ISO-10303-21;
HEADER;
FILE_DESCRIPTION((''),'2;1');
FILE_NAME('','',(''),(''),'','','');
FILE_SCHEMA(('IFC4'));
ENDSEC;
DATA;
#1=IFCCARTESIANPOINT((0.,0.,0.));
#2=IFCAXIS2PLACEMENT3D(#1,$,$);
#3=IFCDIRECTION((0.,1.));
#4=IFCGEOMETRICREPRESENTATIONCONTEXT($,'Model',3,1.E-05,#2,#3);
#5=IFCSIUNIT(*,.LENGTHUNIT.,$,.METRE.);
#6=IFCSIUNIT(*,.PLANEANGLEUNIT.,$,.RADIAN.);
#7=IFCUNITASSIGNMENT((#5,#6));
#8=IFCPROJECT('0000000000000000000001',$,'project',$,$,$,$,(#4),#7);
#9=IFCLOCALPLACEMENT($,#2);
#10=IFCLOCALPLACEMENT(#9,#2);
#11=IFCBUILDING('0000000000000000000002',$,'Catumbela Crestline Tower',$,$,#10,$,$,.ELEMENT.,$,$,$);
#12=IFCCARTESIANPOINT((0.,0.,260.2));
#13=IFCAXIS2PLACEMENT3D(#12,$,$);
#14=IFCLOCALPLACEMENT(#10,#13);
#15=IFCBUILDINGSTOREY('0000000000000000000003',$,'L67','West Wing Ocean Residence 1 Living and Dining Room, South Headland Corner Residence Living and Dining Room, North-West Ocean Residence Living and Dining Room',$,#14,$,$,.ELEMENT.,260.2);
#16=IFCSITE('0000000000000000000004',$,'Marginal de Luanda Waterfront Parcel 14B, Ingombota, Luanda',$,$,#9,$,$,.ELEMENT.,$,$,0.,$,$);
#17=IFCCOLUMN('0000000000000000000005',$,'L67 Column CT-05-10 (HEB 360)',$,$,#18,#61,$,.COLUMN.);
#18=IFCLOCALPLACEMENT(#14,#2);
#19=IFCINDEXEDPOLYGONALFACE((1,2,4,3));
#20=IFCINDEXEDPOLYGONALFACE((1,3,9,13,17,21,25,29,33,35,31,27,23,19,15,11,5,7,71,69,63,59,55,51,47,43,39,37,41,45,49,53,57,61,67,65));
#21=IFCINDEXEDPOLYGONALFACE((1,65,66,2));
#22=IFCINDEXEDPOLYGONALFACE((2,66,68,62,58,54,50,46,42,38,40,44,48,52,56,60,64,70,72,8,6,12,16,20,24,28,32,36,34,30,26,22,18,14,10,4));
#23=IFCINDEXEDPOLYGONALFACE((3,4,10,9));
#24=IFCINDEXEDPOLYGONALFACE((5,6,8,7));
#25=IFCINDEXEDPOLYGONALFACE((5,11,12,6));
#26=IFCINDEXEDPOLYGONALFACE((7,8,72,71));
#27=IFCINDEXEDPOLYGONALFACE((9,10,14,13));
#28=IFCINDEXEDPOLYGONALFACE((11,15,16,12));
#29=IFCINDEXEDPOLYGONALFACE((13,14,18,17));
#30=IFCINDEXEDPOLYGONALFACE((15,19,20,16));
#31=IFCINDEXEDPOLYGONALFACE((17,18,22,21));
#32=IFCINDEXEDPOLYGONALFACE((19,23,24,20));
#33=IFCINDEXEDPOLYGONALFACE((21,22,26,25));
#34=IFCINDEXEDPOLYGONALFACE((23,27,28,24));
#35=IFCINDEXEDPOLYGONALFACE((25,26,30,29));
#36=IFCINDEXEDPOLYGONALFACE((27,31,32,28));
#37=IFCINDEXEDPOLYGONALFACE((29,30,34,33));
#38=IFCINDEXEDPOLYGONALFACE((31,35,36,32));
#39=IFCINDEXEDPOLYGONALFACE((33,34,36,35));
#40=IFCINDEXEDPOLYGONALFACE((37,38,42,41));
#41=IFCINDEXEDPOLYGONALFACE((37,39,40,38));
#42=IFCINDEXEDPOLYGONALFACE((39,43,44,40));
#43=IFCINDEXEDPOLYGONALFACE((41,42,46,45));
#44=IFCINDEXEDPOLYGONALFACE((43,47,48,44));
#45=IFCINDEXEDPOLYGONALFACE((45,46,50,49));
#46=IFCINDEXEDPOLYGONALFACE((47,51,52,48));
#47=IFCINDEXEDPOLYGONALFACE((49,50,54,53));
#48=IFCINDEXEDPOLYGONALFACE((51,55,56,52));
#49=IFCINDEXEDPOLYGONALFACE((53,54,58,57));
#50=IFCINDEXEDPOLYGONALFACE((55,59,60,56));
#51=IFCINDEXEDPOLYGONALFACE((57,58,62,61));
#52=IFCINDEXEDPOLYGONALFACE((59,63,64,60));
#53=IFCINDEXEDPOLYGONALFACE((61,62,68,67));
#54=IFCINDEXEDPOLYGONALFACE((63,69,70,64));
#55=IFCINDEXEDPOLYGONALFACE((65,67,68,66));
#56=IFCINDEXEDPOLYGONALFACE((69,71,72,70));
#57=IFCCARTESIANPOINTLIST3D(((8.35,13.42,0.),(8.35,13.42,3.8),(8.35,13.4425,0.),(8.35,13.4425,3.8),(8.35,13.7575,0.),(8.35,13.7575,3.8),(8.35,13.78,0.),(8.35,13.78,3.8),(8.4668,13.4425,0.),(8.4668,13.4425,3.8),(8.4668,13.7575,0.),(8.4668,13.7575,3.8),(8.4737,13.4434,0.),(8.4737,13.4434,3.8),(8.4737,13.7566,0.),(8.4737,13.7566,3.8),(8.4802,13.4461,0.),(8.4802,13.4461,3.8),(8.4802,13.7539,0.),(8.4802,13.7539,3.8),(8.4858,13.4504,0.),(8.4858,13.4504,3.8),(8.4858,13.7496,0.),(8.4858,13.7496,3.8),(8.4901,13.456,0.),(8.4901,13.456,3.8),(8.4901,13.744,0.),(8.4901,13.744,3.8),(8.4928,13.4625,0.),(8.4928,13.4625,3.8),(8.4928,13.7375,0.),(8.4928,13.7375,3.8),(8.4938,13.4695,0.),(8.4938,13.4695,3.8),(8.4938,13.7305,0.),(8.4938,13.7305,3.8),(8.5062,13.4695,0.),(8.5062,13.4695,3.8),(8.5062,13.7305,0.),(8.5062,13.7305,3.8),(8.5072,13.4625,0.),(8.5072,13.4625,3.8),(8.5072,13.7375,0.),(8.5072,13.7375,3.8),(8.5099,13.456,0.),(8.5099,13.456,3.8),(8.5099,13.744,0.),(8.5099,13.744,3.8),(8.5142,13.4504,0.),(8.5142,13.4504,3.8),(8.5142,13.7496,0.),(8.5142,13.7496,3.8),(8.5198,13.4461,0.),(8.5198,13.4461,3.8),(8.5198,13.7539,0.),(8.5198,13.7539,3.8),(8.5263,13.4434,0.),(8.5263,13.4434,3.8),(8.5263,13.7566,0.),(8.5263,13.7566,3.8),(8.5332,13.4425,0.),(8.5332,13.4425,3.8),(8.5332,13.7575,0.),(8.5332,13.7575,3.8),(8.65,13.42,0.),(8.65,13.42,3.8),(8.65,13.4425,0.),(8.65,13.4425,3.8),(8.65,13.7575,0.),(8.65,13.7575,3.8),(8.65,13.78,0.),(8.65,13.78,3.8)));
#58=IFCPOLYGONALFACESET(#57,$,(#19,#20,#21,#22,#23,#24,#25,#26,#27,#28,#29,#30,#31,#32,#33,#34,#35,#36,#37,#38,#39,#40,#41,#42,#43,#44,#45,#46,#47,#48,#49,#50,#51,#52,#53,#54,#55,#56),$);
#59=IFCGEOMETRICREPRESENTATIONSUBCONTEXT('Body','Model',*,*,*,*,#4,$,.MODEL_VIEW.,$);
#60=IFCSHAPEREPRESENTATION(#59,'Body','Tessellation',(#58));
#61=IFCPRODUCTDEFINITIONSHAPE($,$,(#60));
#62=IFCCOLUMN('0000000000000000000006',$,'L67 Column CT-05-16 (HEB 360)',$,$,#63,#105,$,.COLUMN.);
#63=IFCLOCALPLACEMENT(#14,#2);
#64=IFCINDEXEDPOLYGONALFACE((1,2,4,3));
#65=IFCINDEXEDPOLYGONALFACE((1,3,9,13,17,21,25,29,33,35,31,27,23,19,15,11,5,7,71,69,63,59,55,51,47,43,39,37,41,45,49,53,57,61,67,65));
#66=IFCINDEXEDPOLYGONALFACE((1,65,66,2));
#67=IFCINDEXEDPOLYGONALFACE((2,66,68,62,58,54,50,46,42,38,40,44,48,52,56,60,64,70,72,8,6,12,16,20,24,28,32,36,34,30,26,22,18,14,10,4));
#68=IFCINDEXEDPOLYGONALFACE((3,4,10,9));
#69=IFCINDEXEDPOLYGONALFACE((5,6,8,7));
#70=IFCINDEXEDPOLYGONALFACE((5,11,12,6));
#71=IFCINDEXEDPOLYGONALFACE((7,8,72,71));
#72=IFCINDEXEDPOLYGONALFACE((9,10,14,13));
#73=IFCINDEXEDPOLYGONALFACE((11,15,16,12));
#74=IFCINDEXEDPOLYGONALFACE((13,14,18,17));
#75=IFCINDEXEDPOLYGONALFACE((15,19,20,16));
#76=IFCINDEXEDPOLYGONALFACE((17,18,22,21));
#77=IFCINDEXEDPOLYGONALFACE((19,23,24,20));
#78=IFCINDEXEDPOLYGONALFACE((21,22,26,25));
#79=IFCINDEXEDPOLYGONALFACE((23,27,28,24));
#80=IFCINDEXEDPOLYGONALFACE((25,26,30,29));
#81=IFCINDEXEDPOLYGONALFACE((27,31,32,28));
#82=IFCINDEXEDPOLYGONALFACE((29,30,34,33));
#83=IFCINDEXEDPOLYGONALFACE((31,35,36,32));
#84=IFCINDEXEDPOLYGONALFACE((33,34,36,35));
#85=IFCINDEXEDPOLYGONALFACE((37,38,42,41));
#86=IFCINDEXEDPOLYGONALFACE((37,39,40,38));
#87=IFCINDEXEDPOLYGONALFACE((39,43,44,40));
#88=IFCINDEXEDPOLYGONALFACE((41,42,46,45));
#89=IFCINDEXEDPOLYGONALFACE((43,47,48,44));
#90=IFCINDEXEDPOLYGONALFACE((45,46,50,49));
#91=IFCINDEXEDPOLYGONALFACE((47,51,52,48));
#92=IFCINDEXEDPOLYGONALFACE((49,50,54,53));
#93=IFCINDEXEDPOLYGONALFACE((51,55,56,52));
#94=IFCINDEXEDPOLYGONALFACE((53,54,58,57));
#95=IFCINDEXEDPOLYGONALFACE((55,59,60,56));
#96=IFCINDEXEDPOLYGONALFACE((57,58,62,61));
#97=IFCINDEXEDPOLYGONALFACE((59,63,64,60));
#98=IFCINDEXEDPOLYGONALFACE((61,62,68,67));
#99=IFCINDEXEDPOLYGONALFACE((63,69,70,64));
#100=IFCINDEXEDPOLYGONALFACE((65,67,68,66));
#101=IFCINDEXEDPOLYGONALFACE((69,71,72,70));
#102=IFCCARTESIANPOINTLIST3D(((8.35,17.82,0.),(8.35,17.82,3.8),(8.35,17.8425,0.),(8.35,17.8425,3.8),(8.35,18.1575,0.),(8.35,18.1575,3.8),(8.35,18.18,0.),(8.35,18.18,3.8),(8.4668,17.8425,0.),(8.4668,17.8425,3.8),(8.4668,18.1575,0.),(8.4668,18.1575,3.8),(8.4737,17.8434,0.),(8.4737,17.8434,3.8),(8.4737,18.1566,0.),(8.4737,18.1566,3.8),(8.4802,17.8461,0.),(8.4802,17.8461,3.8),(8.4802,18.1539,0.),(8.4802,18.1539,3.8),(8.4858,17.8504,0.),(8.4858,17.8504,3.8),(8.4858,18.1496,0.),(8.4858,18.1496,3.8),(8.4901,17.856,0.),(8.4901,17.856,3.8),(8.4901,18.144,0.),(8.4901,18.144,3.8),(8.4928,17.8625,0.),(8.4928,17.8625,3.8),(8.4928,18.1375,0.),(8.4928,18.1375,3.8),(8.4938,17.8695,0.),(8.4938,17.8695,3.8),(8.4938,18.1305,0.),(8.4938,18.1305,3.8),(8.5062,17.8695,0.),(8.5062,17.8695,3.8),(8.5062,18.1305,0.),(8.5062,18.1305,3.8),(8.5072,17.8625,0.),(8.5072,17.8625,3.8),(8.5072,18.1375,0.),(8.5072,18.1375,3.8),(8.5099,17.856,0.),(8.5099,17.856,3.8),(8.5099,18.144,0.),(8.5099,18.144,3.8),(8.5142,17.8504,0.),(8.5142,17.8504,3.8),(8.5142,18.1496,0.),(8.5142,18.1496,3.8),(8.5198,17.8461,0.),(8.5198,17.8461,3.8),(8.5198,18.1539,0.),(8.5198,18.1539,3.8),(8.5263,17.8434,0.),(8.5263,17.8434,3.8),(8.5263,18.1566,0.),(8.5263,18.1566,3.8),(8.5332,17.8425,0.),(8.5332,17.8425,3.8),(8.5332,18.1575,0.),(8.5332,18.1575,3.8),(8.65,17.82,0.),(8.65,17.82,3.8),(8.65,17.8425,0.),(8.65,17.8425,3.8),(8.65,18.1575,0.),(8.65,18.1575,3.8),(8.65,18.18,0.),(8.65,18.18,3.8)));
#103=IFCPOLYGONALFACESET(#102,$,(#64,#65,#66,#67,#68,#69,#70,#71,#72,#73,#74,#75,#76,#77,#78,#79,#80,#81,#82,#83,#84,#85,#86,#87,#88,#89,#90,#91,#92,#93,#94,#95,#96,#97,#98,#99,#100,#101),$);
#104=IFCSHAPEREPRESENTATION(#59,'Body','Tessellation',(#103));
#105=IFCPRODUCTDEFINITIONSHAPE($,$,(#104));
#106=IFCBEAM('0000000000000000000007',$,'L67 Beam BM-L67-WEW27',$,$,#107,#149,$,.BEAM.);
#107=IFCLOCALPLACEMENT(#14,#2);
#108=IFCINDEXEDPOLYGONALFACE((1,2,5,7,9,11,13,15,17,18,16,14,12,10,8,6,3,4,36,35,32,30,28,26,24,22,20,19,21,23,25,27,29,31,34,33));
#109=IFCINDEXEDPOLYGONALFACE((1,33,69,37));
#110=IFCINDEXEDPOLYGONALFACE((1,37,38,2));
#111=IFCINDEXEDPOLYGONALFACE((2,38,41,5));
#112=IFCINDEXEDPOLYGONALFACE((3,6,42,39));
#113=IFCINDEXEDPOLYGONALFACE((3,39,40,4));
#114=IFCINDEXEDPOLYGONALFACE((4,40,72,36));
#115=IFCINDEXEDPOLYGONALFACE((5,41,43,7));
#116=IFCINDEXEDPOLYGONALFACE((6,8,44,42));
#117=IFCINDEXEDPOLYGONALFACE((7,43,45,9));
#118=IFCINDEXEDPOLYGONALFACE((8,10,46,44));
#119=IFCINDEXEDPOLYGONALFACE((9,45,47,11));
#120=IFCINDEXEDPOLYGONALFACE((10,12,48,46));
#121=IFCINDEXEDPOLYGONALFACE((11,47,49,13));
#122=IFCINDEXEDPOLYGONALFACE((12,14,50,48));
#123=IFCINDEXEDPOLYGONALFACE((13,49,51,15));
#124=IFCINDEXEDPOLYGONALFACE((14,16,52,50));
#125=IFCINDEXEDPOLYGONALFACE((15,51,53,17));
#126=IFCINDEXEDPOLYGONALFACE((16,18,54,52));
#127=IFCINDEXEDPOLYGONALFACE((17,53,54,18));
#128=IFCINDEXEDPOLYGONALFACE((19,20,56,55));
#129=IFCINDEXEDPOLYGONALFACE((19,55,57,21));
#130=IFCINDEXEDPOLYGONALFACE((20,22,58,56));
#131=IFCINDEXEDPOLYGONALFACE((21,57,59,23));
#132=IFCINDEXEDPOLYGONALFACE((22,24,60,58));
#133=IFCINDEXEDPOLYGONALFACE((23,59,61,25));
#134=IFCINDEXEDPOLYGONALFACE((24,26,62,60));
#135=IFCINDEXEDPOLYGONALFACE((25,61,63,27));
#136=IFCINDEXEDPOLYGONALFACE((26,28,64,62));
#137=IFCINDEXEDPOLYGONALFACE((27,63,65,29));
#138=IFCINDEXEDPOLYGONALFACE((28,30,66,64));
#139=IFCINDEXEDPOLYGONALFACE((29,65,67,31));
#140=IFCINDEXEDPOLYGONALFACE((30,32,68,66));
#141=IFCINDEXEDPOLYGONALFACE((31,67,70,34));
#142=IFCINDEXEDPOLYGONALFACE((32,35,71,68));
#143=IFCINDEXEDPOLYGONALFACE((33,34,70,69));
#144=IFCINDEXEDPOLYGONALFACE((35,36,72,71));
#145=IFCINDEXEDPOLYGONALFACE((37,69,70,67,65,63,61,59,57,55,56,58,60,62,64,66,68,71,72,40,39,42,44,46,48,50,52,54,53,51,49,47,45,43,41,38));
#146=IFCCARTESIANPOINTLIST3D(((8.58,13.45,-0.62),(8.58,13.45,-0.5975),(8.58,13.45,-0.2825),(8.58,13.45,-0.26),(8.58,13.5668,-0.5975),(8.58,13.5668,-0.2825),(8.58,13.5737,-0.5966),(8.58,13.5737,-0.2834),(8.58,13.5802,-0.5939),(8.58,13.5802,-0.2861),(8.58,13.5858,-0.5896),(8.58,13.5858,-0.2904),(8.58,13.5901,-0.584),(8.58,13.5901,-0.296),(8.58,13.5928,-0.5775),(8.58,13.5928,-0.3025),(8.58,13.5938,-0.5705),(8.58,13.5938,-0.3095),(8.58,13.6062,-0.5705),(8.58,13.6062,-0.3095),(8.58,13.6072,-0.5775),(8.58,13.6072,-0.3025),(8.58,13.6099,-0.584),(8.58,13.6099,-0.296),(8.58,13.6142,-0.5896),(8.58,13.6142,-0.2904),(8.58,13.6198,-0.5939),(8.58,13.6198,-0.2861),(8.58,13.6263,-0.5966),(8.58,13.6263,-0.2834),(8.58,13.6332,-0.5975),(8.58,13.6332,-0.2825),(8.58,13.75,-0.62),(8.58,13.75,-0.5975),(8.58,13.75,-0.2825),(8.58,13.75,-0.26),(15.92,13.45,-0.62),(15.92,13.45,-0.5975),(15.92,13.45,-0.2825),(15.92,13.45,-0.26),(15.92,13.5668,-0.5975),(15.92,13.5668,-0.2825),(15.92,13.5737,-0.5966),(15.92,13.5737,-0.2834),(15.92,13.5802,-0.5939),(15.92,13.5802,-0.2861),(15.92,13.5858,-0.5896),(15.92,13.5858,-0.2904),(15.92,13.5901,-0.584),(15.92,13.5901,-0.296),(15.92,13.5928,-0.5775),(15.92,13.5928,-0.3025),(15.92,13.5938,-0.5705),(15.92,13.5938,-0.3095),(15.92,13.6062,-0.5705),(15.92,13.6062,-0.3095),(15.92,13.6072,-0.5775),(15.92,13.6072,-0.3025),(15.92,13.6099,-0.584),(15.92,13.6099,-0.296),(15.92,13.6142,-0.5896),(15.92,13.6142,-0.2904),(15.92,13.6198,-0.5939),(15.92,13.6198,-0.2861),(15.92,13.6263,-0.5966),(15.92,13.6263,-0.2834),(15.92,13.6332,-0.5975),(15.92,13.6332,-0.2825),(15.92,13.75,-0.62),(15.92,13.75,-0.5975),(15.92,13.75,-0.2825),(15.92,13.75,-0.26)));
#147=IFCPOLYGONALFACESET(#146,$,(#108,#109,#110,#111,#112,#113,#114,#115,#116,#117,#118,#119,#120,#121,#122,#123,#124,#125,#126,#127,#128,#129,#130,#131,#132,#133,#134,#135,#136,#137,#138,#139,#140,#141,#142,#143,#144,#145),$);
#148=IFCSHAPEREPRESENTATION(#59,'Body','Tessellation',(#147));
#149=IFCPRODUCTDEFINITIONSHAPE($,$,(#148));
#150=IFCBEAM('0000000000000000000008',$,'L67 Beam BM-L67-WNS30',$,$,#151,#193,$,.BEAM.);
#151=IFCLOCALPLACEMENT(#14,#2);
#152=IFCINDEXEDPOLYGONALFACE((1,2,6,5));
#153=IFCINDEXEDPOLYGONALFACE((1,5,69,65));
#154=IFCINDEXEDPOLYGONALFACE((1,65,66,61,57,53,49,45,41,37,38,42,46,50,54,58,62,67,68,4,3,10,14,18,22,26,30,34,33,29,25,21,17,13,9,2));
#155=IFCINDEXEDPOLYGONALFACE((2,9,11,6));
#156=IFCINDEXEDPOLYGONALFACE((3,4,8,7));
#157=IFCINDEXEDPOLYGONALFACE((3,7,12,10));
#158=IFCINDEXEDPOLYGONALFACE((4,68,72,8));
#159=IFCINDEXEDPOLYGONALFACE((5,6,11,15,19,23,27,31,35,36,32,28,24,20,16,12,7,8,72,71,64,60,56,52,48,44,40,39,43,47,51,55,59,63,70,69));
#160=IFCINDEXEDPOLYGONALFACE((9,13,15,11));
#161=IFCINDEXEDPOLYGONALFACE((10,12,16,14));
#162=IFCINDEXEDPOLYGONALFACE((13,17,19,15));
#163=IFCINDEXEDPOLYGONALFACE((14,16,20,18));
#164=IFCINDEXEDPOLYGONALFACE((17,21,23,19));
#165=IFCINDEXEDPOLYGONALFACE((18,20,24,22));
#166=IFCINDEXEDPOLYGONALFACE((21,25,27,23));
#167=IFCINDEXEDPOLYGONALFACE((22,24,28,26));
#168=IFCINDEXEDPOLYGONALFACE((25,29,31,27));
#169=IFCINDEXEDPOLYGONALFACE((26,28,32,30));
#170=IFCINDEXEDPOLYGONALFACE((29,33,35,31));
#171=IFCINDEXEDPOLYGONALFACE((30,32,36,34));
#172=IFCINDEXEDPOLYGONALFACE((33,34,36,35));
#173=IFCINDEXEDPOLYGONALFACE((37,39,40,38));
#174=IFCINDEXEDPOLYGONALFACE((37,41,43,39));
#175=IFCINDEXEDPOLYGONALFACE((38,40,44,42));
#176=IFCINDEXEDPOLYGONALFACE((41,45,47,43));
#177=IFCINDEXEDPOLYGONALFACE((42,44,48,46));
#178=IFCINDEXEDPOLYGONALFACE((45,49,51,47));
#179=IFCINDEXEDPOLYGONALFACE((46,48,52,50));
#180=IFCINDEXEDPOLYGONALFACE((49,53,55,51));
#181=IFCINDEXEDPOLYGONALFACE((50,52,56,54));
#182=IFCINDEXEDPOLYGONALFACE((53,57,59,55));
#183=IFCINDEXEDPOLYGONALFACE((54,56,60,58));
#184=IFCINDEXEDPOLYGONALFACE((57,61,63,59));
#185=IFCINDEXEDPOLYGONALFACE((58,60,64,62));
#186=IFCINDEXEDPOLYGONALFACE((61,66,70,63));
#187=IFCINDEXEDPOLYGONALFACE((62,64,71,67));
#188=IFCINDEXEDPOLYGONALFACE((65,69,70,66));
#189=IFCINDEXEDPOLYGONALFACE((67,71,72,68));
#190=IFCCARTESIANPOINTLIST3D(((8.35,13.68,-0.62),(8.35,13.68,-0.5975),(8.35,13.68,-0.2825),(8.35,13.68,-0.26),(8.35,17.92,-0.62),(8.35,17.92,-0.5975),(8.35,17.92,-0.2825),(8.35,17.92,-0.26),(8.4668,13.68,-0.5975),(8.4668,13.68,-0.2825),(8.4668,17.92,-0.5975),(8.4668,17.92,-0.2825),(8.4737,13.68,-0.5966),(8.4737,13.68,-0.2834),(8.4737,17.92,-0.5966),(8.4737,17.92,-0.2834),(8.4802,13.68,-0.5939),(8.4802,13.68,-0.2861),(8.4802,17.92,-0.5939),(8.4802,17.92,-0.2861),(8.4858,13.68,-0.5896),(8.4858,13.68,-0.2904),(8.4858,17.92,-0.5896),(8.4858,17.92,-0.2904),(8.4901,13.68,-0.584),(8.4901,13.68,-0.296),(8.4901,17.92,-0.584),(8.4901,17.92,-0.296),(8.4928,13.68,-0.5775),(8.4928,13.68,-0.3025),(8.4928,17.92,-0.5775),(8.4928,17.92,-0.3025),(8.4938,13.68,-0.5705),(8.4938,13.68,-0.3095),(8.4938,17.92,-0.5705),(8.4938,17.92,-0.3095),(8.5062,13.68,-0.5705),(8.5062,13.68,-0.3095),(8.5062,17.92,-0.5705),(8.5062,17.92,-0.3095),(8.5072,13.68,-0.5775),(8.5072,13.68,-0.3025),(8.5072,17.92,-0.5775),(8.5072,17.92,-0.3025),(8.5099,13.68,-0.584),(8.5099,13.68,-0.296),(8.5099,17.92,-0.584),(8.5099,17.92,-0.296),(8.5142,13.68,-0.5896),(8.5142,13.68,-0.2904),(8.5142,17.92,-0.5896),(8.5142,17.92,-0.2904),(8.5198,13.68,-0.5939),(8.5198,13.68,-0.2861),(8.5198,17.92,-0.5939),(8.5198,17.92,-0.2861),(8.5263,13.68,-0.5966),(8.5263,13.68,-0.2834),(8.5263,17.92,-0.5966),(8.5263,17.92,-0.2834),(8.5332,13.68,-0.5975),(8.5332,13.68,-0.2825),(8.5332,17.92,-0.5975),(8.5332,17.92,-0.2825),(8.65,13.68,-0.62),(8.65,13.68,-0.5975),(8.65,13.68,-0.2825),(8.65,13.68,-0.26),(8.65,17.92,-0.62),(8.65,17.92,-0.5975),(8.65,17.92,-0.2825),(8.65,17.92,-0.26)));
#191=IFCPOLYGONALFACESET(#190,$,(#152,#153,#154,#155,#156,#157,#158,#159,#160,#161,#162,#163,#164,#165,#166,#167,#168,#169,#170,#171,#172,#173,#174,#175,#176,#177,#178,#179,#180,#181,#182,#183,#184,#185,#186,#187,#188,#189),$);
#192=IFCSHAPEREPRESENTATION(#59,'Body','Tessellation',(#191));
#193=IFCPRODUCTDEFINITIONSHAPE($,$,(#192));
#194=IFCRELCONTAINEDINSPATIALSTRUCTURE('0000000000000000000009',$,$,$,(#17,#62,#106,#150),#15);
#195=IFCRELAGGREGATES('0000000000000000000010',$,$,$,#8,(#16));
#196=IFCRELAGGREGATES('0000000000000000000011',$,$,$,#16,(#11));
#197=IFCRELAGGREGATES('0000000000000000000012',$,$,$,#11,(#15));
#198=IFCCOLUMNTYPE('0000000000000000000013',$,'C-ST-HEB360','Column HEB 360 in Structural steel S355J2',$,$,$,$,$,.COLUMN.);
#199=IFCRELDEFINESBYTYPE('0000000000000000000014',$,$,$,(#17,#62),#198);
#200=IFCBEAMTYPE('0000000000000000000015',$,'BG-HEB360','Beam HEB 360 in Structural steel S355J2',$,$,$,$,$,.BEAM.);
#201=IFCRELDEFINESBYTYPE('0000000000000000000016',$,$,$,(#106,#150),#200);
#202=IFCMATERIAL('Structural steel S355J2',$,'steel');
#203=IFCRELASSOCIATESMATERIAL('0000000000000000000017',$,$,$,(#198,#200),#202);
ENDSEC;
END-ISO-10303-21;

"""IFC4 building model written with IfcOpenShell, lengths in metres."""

from ifc_helpers import new_model, si_unit, direction, frame, origin, origin_2d, place, context, subcontext, project, spatial, i_section, extrude, material, material_profile, profile_set, type_object, element, save


model = new_model("IFC4")

# Units and contexts
model_context = context("Model", 3, precision=1e-05, world=origin(), true_north=direction((0.0, 1.0)))
body_context = subcontext(model_context, "Body", "Model", "MODEL_VIEW")
ifc_project = project(units=[si_unit("LENGTHUNIT", "METRE"), si_unit("PLANEANGLEUNIT", "RADIAN")], contexts=[model_context])

# Site, building, storey
site_placement = place(None, origin())
site = spatial("IfcSite", under=ifc_project, at=site_placement, Name="Marginal de Luanda Waterfront Parcel 14B, Ingombota, Luanda", CompositionType="ELEMENT", RefElevation=0.0)
building_placement = place(site_placement, origin())
building = spatial("IfcBuilding", under=site, at=building_placement, Name="Catumbela Crestline Tower", CompositionType="ELEMENT")
storey_placement = place(building_placement, frame((0.0, 0.0, 260.2)))
storey = spatial("IfcBuildingStorey", under=building, at=storey_placement, Name="L67", Description="West Wing Ocean Residence 1 Living and Dining Room, South Headland Corner Residence Living and Dining Room, North-West Ocean Residence Living and Dining Room", CompositionType="ELEMENT", Elevation=260.2)

# Columns
ifc_material_1 = material(Name="Structural steel S355J2", Category="steel")
ifc_material_profile_1 = material_profile(ifc_material_1, i_section(OverallWidth=0.3, OverallDepth=0.36, WebThickness=0.0125, FlangeThickness=0.0225, FilletRadius=0.027, at=origin_2d()), Name="HEB 360")
ifc_profile_set_1 = profile_set([ifc_material_profile_1], Name="Structural steel S355J2")
column_type = type_object("IfcColumnType", Name="C-ST-HEB360", Description="Column HEB 360 in Structural steel S355J2", PredefinedType="COLUMN", material=ifc_profile_set_1)
for number, where, z_axis, x_axis, name in (
    (1, (8.5, 13.6, 0.0), (0.0, 0.0, 1.0), (1.0, 0.0, 0.0), "L67 Column CT-05-10 (HEB 360)"),
    (2, (8.5, 18.0, 0.0), (0.0, 0.0, 1.0), (1.0, 0.0, 0.0), "L67 Column CT-05-16 (HEB 360)"),
):
    element("IfcColumn", number, at=place(storey_placement, frame(where, z_axis=z_axis, x_axis=x_axis)), inside=storey, type_object=column_type, Name=name, PredefinedType="COLUMN", context=body_context, shape_type="SweptSolid", body=[
        extrude(i_section(OverallWidth=0.3, OverallDepth=0.36, WebThickness=0.0125, FlangeThickness=0.0225, FilletRadius=0.027, at=origin_2d()), origin(), (0.0, 0.0, 1.0), 3.8),
    ])

# Beams
ifc_material_profile_2 = material_profile(ifc_material_1, i_section(OverallWidth=0.3, OverallDepth=0.36, WebThickness=0.0125, FlangeThickness=0.0225, FilletRadius=0.027, at=origin_2d()), Name="HEB 360")
ifc_profile_set_2 = profile_set([ifc_material_profile_2], Name="Structural steel S355J2")
beam_type = type_object("IfcBeamType", Name="BG-HEB360", Description="Beam HEB 360 in Structural steel S355J2", PredefinedType="BEAM", material=ifc_profile_set_2)
beam_1_placement = place(storey_placement, frame((8.58, 13.6, -0.44), z_axis=(1.0, 0.0, 0.0), x_axis=(0.0, 1.0, 0.0)))
element("IfcBeam", 3, at=beam_1_placement, inside=storey, type_object=beam_type, Name="L67 Beam BM-L67-WEW27", PredefinedType="BEAM", context=body_context, shape_type="SweptSolid", body=[
    extrude(i_section(OverallWidth=0.3, OverallDepth=0.36, WebThickness=0.0125, FlangeThickness=0.0225, FilletRadius=0.027, at=origin_2d()), origin(), (0.0, 0.0, 1.0), 7.34),
])
beam_2_placement = place(storey_placement, frame((8.5, 13.68, -0.44), z_axis=(0.0, 1.0, 0.0), x_axis=(-1.0, 0.0, 0.0)))
element("IfcBeam", 4, at=beam_2_placement, inside=storey, type_object=beam_type, Name="L67 Beam BM-L67-WNS30", PredefinedType="BEAM", context=body_context, shape_type="SweptSolid", body=[
    extrude(i_section(OverallWidth=0.3, OverallDepth=0.36, WebThickness=0.0125, FlangeThickness=0.0225, FilletRadius=0.027, at=origin_2d()), origin(), (0.0, 0.0, 1.0), 4.24),
])

save(model, "model.ifc")
